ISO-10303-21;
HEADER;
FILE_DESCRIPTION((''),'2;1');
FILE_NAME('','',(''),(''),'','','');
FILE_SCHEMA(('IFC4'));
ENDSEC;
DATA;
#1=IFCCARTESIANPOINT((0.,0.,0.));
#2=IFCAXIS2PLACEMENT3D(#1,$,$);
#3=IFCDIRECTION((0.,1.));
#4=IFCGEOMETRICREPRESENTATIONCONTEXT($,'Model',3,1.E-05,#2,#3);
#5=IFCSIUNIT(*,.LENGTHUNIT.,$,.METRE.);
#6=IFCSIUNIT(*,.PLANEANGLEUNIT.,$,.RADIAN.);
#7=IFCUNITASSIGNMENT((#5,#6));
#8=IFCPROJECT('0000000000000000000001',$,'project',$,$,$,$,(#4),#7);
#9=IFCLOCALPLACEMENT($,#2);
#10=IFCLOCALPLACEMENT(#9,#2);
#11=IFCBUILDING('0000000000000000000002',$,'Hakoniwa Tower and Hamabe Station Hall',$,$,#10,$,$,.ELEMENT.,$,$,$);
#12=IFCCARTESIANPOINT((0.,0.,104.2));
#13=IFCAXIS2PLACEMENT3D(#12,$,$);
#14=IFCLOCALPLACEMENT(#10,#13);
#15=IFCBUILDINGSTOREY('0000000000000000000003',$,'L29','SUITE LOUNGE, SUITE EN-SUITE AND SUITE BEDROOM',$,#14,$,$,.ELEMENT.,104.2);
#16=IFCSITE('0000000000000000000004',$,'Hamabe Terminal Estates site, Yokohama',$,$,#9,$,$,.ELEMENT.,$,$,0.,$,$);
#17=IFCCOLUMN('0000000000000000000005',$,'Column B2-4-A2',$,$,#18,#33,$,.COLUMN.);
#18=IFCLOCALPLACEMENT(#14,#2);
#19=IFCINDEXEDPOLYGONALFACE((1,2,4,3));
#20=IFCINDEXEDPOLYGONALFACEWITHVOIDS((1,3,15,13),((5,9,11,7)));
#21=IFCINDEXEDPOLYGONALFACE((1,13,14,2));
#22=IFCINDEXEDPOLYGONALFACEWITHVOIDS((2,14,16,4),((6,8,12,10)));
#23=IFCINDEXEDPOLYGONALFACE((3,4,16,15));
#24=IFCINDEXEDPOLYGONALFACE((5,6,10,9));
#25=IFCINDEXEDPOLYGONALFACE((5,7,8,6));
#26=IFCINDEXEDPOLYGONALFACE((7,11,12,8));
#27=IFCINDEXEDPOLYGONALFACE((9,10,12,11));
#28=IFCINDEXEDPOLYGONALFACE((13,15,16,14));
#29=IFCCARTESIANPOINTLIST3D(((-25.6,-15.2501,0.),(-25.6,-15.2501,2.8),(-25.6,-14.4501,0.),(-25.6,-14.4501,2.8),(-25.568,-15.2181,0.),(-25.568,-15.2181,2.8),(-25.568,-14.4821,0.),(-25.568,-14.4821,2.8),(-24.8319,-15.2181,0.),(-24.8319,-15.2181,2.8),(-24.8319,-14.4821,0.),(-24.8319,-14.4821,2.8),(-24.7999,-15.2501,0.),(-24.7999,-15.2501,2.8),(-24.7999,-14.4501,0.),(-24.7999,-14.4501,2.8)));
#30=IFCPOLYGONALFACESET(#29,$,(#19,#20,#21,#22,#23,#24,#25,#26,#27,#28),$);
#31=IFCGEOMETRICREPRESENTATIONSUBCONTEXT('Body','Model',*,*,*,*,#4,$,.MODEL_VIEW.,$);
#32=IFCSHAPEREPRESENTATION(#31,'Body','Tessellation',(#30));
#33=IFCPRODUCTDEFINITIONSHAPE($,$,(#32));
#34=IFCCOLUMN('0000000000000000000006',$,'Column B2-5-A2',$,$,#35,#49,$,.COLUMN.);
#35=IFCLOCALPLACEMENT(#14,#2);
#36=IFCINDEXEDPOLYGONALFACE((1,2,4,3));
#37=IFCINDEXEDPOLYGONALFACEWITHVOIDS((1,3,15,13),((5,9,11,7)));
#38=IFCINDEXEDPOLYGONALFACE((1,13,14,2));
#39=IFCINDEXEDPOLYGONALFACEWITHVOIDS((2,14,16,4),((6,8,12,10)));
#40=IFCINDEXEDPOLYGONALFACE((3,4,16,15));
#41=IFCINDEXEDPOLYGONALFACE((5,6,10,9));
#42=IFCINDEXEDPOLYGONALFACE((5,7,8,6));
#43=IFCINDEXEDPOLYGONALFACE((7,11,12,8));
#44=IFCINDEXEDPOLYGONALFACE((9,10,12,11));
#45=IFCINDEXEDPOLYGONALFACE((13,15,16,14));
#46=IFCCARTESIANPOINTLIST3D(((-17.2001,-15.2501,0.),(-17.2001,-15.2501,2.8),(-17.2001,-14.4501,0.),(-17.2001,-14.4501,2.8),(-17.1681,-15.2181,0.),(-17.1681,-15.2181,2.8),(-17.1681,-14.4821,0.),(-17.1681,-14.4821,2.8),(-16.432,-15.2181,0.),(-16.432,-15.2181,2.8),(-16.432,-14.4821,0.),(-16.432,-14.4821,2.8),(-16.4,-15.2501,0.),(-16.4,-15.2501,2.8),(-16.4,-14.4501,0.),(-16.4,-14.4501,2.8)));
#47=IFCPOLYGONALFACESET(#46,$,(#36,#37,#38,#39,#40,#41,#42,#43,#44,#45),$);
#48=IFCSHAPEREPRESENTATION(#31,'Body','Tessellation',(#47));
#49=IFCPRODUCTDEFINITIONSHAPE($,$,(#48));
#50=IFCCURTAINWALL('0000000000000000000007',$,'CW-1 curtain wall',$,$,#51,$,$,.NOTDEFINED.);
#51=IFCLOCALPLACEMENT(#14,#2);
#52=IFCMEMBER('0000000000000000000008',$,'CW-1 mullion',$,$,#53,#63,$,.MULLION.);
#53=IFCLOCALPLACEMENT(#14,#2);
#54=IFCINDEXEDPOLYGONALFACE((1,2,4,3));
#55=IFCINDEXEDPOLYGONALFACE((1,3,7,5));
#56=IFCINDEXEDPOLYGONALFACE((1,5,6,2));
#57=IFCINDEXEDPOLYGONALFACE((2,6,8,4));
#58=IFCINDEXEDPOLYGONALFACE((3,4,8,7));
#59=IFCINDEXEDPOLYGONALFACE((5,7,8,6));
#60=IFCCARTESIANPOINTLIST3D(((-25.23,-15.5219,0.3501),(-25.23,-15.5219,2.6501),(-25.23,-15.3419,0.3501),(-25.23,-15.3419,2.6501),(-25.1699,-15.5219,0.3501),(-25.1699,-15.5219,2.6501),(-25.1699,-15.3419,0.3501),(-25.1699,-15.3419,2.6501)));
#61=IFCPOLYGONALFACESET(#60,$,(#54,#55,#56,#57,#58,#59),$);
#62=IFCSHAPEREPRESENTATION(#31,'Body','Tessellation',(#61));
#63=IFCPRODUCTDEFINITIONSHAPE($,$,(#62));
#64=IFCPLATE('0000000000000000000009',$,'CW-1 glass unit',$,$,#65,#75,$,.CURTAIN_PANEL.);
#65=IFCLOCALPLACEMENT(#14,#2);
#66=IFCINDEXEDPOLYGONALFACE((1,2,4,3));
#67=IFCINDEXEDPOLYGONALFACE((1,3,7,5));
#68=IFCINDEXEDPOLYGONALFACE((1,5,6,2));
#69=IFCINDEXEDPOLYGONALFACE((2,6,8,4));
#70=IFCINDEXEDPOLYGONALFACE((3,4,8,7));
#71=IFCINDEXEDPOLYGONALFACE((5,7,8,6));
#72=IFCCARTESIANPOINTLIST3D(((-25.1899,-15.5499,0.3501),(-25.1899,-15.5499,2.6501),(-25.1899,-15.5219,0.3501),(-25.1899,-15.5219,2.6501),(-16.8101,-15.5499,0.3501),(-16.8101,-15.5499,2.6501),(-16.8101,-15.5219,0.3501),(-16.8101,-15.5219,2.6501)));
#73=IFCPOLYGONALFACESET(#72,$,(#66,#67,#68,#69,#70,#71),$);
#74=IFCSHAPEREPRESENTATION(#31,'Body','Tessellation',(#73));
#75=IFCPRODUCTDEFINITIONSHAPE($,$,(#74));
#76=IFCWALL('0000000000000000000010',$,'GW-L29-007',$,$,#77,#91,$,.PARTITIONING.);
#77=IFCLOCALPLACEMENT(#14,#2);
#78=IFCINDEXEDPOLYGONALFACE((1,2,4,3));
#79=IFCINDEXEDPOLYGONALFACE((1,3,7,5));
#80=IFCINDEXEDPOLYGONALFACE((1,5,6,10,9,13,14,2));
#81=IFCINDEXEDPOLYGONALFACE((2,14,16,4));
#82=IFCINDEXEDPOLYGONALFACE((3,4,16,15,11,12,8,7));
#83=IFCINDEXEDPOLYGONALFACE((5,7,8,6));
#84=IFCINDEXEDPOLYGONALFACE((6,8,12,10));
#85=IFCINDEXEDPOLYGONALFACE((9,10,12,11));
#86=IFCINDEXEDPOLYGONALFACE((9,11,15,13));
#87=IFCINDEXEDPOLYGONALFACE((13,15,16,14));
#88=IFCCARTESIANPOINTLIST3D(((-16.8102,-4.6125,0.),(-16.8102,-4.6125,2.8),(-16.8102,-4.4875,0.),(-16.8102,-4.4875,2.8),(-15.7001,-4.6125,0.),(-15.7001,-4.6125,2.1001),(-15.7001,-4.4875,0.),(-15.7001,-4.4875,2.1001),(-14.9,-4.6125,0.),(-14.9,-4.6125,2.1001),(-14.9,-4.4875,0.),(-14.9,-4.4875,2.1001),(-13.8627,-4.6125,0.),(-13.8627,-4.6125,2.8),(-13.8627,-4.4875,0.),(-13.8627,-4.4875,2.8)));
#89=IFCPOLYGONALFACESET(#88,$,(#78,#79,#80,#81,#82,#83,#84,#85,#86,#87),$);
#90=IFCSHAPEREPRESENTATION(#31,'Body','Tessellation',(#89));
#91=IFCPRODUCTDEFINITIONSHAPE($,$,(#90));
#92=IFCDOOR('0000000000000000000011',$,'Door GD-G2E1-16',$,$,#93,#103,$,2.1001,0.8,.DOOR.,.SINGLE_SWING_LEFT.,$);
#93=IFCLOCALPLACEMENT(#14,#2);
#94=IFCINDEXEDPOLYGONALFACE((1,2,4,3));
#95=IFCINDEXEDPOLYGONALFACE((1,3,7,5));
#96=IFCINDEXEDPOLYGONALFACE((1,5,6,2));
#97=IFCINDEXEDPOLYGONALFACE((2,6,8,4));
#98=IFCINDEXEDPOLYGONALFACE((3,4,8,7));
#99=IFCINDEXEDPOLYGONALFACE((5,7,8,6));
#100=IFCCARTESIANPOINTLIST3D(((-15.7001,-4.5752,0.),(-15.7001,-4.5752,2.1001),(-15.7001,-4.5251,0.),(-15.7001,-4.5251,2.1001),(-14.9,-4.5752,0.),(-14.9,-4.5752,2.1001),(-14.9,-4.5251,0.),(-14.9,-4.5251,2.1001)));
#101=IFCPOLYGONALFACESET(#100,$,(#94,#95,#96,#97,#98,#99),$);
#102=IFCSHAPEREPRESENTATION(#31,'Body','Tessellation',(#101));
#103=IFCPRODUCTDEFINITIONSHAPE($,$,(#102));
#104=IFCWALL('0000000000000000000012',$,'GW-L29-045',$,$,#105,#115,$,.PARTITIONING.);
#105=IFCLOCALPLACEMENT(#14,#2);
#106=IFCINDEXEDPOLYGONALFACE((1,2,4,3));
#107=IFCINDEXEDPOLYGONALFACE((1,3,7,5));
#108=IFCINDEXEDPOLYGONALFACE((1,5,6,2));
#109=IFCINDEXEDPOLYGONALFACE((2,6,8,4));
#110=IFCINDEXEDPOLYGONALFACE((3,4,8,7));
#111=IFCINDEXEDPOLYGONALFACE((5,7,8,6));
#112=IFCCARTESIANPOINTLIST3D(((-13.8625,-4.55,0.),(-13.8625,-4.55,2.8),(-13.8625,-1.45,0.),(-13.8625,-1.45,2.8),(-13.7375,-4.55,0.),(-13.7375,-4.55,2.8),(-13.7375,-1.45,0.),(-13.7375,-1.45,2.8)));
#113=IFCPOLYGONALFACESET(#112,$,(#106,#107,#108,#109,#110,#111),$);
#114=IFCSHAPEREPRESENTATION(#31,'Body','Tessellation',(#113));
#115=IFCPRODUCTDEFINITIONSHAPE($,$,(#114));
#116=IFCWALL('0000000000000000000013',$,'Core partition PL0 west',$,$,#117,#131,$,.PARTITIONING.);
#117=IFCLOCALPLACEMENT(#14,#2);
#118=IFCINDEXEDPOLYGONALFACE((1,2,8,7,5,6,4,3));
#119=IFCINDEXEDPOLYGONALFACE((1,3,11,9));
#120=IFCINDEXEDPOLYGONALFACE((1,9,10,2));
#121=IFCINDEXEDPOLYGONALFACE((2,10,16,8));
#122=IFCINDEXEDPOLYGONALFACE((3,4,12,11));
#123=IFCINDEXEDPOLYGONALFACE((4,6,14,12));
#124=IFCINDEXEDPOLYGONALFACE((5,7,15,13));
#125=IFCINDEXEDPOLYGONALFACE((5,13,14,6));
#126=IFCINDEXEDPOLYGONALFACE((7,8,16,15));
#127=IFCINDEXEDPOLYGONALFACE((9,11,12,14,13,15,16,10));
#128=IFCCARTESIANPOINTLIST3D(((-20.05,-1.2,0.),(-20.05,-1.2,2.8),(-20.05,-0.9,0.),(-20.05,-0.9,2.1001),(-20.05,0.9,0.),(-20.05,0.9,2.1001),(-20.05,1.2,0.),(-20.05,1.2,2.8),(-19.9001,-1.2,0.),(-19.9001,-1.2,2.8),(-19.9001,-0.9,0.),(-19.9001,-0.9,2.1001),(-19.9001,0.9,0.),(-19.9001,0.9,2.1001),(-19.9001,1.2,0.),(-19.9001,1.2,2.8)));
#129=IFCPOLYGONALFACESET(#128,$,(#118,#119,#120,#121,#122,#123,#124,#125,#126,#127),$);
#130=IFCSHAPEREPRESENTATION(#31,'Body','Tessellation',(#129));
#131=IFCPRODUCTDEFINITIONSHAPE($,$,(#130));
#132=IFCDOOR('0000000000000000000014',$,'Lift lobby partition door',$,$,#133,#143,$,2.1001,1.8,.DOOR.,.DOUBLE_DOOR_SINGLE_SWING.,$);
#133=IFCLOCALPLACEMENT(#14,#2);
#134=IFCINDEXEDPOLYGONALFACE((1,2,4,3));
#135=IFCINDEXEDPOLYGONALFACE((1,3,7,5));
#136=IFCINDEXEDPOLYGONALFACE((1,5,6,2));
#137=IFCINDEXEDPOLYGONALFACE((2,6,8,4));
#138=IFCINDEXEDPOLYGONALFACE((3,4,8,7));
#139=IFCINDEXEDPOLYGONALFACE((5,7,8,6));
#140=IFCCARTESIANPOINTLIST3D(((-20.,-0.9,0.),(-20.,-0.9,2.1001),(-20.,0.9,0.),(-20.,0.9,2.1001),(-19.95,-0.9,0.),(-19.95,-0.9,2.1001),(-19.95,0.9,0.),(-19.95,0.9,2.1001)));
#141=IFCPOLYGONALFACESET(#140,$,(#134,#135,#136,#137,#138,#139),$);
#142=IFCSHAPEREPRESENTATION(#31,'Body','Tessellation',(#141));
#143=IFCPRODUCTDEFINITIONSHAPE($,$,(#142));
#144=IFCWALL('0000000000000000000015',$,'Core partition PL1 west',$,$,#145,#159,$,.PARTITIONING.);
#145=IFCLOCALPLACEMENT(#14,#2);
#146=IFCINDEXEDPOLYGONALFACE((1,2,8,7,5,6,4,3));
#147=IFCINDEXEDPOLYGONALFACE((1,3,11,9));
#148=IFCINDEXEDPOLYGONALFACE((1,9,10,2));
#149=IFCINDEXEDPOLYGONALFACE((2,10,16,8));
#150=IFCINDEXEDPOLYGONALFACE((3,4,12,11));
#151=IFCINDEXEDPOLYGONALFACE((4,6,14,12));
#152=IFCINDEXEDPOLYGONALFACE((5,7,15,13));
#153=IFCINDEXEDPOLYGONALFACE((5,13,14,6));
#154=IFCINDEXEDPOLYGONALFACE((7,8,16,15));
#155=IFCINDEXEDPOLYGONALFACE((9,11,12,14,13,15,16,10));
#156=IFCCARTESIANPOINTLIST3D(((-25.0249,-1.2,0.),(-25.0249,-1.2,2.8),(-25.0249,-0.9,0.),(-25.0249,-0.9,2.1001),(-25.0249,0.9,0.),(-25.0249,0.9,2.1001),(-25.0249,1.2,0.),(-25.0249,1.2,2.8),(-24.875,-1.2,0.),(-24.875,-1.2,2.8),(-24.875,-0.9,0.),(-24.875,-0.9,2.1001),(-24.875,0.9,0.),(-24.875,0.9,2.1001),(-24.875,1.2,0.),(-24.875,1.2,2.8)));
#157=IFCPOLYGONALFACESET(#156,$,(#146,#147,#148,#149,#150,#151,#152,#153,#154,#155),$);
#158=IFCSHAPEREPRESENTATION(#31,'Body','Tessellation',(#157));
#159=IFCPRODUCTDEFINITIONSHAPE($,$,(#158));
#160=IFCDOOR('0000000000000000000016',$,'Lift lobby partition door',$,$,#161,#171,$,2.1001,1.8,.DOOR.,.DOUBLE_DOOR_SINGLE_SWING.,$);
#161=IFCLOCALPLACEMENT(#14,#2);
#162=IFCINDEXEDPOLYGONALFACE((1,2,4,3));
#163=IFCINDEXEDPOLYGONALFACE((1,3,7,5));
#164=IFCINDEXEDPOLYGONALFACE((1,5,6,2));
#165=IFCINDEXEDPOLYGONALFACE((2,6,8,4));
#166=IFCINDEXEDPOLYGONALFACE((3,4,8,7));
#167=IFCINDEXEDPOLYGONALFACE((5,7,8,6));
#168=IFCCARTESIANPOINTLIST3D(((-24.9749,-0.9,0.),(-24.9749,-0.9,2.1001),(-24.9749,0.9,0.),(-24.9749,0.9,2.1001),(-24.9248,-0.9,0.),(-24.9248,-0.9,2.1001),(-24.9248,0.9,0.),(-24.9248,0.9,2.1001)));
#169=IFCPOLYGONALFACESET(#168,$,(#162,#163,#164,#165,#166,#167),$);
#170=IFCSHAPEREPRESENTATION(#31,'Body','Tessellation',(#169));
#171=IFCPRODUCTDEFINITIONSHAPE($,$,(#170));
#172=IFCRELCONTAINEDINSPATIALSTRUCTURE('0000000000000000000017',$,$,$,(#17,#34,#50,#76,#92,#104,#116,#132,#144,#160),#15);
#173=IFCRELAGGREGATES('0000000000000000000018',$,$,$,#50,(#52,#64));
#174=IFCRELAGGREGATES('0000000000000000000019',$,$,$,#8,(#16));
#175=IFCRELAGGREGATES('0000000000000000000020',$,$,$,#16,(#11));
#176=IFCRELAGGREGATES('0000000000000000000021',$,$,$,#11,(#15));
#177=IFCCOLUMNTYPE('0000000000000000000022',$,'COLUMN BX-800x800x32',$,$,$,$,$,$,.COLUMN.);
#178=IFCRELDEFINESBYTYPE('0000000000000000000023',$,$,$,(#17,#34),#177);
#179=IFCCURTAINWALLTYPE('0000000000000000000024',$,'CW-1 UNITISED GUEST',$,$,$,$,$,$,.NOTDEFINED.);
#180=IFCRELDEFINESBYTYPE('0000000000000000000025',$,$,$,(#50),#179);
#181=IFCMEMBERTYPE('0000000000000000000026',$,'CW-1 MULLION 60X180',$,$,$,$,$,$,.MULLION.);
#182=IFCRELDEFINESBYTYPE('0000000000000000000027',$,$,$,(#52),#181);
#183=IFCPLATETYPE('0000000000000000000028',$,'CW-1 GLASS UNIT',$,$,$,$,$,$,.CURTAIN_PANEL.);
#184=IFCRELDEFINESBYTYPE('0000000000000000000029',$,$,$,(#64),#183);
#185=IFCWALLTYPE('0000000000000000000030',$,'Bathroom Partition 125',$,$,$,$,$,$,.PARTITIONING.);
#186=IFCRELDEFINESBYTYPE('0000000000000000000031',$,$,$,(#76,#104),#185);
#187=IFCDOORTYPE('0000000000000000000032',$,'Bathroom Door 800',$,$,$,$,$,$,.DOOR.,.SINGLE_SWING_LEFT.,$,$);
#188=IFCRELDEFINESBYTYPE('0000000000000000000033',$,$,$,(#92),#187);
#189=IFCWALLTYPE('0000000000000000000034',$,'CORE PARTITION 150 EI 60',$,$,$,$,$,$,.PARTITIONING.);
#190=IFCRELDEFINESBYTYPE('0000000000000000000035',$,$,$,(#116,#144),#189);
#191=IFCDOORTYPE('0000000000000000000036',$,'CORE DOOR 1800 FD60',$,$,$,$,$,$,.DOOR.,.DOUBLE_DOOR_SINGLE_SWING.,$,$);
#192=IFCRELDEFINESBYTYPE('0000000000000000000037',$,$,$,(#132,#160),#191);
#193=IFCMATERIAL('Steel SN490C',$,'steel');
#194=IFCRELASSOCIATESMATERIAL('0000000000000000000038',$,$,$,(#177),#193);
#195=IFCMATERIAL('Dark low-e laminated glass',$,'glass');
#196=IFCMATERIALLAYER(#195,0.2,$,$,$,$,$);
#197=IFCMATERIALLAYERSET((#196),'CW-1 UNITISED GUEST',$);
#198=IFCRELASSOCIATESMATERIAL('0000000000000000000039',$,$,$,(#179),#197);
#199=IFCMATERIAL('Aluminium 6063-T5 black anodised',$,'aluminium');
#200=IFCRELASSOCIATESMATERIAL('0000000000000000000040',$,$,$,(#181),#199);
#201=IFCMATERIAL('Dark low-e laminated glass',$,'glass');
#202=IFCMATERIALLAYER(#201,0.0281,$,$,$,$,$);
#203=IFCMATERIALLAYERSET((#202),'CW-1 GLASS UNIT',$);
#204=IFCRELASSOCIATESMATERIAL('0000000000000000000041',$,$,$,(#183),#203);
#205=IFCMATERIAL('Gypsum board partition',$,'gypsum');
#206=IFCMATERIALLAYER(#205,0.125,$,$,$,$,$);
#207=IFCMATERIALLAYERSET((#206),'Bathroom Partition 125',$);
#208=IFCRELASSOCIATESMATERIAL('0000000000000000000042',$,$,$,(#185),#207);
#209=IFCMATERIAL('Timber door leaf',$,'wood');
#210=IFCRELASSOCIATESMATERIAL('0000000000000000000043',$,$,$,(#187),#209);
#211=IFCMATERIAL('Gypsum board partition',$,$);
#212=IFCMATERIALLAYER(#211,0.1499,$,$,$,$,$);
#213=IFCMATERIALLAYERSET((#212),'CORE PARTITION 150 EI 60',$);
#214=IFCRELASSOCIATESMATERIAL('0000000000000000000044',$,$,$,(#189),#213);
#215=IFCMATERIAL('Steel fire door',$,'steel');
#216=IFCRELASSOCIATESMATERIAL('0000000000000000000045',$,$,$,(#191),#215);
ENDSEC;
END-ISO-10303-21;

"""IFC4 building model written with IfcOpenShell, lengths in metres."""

from ifc_helpers import new_model, si_unit, direction, frame, frame_2d, origin, origin_2d, place, context, subcontext, project, spatial, rectangle, hollow_rectangle, extrude, material, layer, layer_set, material_profile, profile_set, type_object, element, fill, aggregate, save


model = new_model("IFC4")

# Units and contexts
model_context = context("Model", 3, precision=1e-05, world=origin(), true_north=direction((0.0, 1.0)))
body_context = subcontext(model_context, "Body", "Model", "MODEL_VIEW")
ifc_project = project(units=[si_unit("LENGTHUNIT", "METRE"), si_unit("PLANEANGLEUNIT", "RADIAN")], contexts=[model_context])

# Site, building, storey
site_placement = place(None, origin())
site = spatial("IfcSite", under=ifc_project, at=site_placement, Name="Hamabe Terminal Estates site, Yokohama", CompositionType="ELEMENT", RefElevation=0.0)
building_placement = place(site_placement, origin())
building = spatial("IfcBuilding", under=site, at=building_placement, Name="Hakoniwa Tower and Hamabe Station Hall", CompositionType="ELEMENT")
storey_placement = place(building_placement, frame((0.0, 0.0, 104.2)))
storey = spatial("IfcBuildingStorey", under=building, at=storey_placement, Name="L29", Description="SUITE LOUNGE, SUITE EN-SUITE AND SUITE BEDROOM", CompositionType="ELEMENT", Elevation=104.2)

# Columns
ifc_material_1 = material(Name="Steel SN490C", Category="steel")
ifc_material_profile_1 = material_profile(ifc_material_1, hollow_rectangle(XDim=0.8, YDim=0.8, WallThickness=0.032, at=origin_2d()), Name="BX-800x800x32")
ifc_profile_set_1 = profile_set([ifc_material_profile_1], Name="Steel SN490C")
column_type = type_object("IfcColumnType", Name="COLUMN BX-800x800x32", PredefinedType="COLUMN", material=ifc_profile_set_1)
for number, where, z_axis, x_axis, name in (
    (1, (-25.2, -14.8501, 0.0), (0.0, 0.0, 1.0), (1.0, 0.0, 0.0), "Column B2-4-A2"),
    (2, (-16.8, -14.8501, 0.0), (0.0, 0.0, 1.0), (1.0, 0.0, 0.0), "Column B2-5-A2"),
):
    element("IfcColumn", number, at=place(storey_placement, frame(where, z_axis=z_axis, x_axis=x_axis)), inside=storey, type_object=column_type, Name=name, PredefinedType="COLUMN", context=body_context, shape_type="SweptSolid", body=[
        extrude(hollow_rectangle(XDim=0.8, YDim=0.8, WallThickness=0.032, at=origin_2d()), origin(), (0.0, 0.0, 1.0), 2.8),
    ])

# Curtain wall, member, plate
ifc_material_2 = material(Name="Dark low-e laminated glass", Category="glass")
ifc_layer_1 = layer(ifc_material_2, 0.2)
ifc_layer_set_1 = layer_set([ifc_layer_1], Name="CW-1 UNITISED GUEST")
curtain_wall_type = type_object("IfcCurtainWallType", Name="CW-1 UNITISED GUEST", PredefinedType="NOTDEFINED", material=ifc_layer_set_1)
curtain_wall_placement = place(storey_placement, origin())
curtain_wall = element("IfcCurtainWall", 3, at=curtain_wall_placement, inside=storey, type_object=curtain_wall_type, Name="CW-1 curtain wall", PredefinedType="NOTDEFINED")
ifc_material_3 = material(Name="Aluminium 6063-T5 black anodised", Category="aluminium")
ifc_material_profile_2 = material_profile(ifc_material_3, rectangle(XDim=0.0601, YDim=0.1799, at=origin_2d()), Name="CW-1 MULLION 60X180")
ifc_profile_set_2 = profile_set([ifc_material_profile_2], Name="Aluminium 6063-T5 black anodised")
member_type = type_object("IfcMemberType", Name="CW-1 MULLION 60X180", PredefinedType="MULLION", material=ifc_profile_set_2)
member_placement = place(storey_placement, frame((-25.2, -15.4319, 0.3501), z_axis=(0.0, 0.0, 1.0), x_axis=(1.0, 0.0, 0.0)))
member = element("IfcMember", 4, at=member_placement, type_object=member_type, Name="CW-1 mullion", PredefinedType="MULLION", context=body_context, shape_type="SweptSolid", body=[
    extrude(rectangle(XDim=0.0601, YDim=0.1799, at=origin_2d()), origin(), (0.0, 0.0, 1.0), 2.3),
])
ifc_material_4 = material(Name="Dark low-e laminated glass", Category="glass")
ifc_layer_2 = layer(ifc_material_4, 0.0281)
ifc_layer_set_2 = layer_set([ifc_layer_2], Name="CW-1 GLASS UNIT")
plate_type = type_object("IfcPlateType", Name="CW-1 GLASS UNIT", PredefinedType="CURTAIN_PANEL", material=ifc_layer_set_2)
plate_placement = place(storey_placement, frame((-21.0, -15.5359, 0.3501), z_axis=(0.0, 0.0, 1.0), x_axis=(1.0, 0.0, 0.0)))
plate = element("IfcPlate", 5, at=plate_placement, type_object=plate_type, Name="CW-1 glass unit", PredefinedType="CURTAIN_PANEL", context=body_context, shape_type="SweptSolid", body=[
    extrude(rectangle(XDim=8.3799, YDim=0.0281, at=origin_2d()), origin(), (0.0, 0.0, 1.0), 2.3),
])
aggregate(curtain_wall, [member, plate])

# Wall, opening, door
ifc_material_5 = material(Name="Gypsum board partition", Category="gypsum")
ifc_layer_3 = layer(ifc_material_5, 0.125)
ifc_layer_set_3 = layer_set([ifc_layer_3], Name="Bathroom Partition 125")
wall_type_1 = type_object("IfcWallType", Name="Bathroom Partition 125", PredefinedType="PARTITIONING", material=ifc_layer_set_3)
wall_1_placement = place(storey_placement, frame((-16.8101, -4.55, 0.0), z_axis=(0.0, 0.0, 1.0), x_axis=(1.0, 0.0, 0.0)))
wall_1 = element("IfcWall", 6, at=wall_1_placement, inside=storey, type_object=wall_type_1, Name="GW-L29-007", PredefinedType="PARTITIONING", context=body_context, shape_type="SweptSolid", body=[
    extrude(rectangle(XDim=2.9475, YDim=0.125, at=frame_2d((1.4736, 0.0))), origin(), (0.0, 0.0, 1.0), 2.8),
])
opening_1_placement = place(wall_1_placement, frame((1.1101, 0.0, 0.0)))
opening_1 = element("IfcOpeningElement", 7, at=opening_1_placement, cuts=wall_1, PredefinedType="OPENING", context=body_context, shape_type="SweptSolid", body=[
    extrude(rectangle(XDim=0.8, YDim=2.1001, at=frame_2d((0.3999, 1.05))), frame((0.0, 0.0725, 0.0), z_axis=(0.0, -1.0, 0.0), x_axis=(1.0, 0.0, 0.0)), (0.0, 0.0, 1.0), 0.145),
])
ifc_material_6 = material(Name="Timber door leaf", Category="wood")
door_type_1 = type_object("IfcDoorType", Name="Bathroom Door 800", OperationType="SINGLE_SWING_LEFT", PredefinedType="DOOR", material=ifc_material_6)
door_1_placement = place(opening_1_placement, origin())
door_1 = element("IfcDoor", 8, at=door_1_placement, inside=storey, type_object=door_type_1, Name="Door GD-G2E1-16", OperationType="SINGLE_SWING_LEFT", OverallHeight=2.1001, OverallWidth=0.8, PredefinedType="DOOR", context=body_context, shape_type="SweptSolid", body=[
    extrude(rectangle(XDim=0.8, YDim=2.1001, at=frame_2d((0.3999, 1.05))), frame((0.0, 0.0249, 0.0), z_axis=(0.0, -1.0, 0.0), x_axis=(1.0, 0.0, 0.0)), (0.0, 0.0, 1.0), 0.05),
])
fill(opening_1, door_1)

# Wall
wall_2_placement = place(storey_placement, frame((-13.8, -4.55, 0.0), z_axis=(0.0, 0.0, 1.0), x_axis=(0.0, 1.0, 0.0)))
element("IfcWall", 9, at=wall_2_placement, inside=storey, type_object=wall_type_1, Name="GW-L29-045", PredefinedType="PARTITIONING", context=body_context, shape_type="SweptSolid", body=[
    extrude(rectangle(XDim=3.1001, YDim=0.125, at=frame_2d((1.55, 0.0))), origin(), (0.0, 0.0, 1.0), 2.8),
])

# Walls, openings, doors
ifc_material_7 = material(Name="Gypsum board partition")
ifc_layer_4 = layer(ifc_material_7, 0.1499)
ifc_layer_set_4 = layer_set([ifc_layer_4], Name="CORE PARTITION 150 EI 60")
wall_type_2 = type_object("IfcWallType", Name="CORE PARTITION 150 EI 60", PredefinedType="PARTITIONING", material=ifc_layer_set_4)
wall_3_placement = place(storey_placement, frame((-19.9751, -1.2, 0.0), z_axis=(0.0, 0.0, 1.0), x_axis=(0.0, 1.0, 0.0)))
wall_3 = element("IfcWall", 10, at=wall_3_placement, inside=storey, type_object=wall_type_2, Name="Core partition PL0 west", PredefinedType="PARTITIONING", context=body_context, shape_type="SweptSolid", body=[
    extrude(rectangle(XDim=2.3999, YDim=0.1499, at=frame_2d((1.2, 0.0))), origin(), (0.0, 0.0, 1.0), 2.8),
])
opening_2_placement = place(wall_3_placement, frame((0.3, 0.0, 0.0)))
opening_2 = element("IfcOpeningElement", 11, at=opening_2_placement, cuts=wall_3, PredefinedType="OPENING", context=body_context, shape_type="SweptSolid", body=[
    extrude(rectangle(XDim=1.8, YDim=2.1001, at=frame_2d((0.8999, 1.05))), frame((0.0, 0.085, 0.0), z_axis=(0.0, -1.0, 0.0), x_axis=(1.0, 0.0, 0.0)), (0.0, 0.0, 1.0), 0.1699),
])
ifc_material_8 = material(Name="Steel fire door", Category="steel")
door_type_2 = type_object("IfcDoorType", Name="CORE DOOR 1800 FD60", OperationType="DOUBLE_DOOR_SINGLE_SWING", PredefinedType="DOOR", material=ifc_material_8)
door_2_placement = place(opening_2_placement, origin())
door_2 = element("IfcDoor", 12, at=door_2_placement, inside=storey, type_object=door_type_2, Name="Lift lobby partition door", OperationType="DOUBLE_DOOR_SINGLE_SWING", OverallHeight=2.1001, OverallWidth=1.8, PredefinedType="DOOR", context=body_context, shape_type="SweptSolid", body=[
    extrude(rectangle(XDim=1.8, YDim=2.1001, at=frame_2d((0.8999, 1.05))), frame((0.0, 0.0249, 0.0), z_axis=(0.0, -1.0, 0.0), x_axis=(1.0, 0.0, 0.0)), (0.0, 0.0, 1.0), 0.05),
])
fill(opening_2, door_2)
wall_4_placement = place(storey_placement, frame((-24.95, -1.2, 0.0), z_axis=(0.0, 0.0, 1.0), x_axis=(0.0, 1.0, 0.0)))
wall_4 = element("IfcWall", 13, at=wall_4_placement, inside=storey, type_object=wall_type_2, Name="Core partition PL1 west", PredefinedType="PARTITIONING", context=body_context, shape_type="SweptSolid", body=[
    extrude(rectangle(XDim=2.3999, YDim=0.1499, at=frame_2d((1.2, 0.0))), origin(), (0.0, 0.0, 1.0), 2.8),
])
opening_3_placement = place(wall_4_placement, frame((0.3, 0.0, 0.0)))
opening_3 = element("IfcOpeningElement", 14, at=opening_3_placement, cuts=wall_4, PredefinedType="OPENING", context=body_context, shape_type="SweptSolid", body=[
    extrude(rectangle(XDim=1.8, YDim=2.1001, at=frame_2d((0.8999, 1.05))), frame((0.0, 0.085, 0.0), z_axis=(0.0, -1.0, 0.0), x_axis=(1.0, 0.0, 0.0)), (0.0, 0.0, 1.0), 0.1699),
])
door_3_placement = place(opening_3_placement, origin())
door_3 = element("IfcDoor", 15, at=door_3_placement, inside=storey, type_object=door_type_2, Name="Lift lobby partition door", OperationType="DOUBLE_DOOR_SINGLE_SWING", OverallHeight=2.1001, OverallWidth=1.8, PredefinedType="DOOR", context=body_context, shape_type="SweptSolid", body=[
    extrude(rectangle(XDim=1.8, YDim=2.1001, at=frame_2d((0.8999, 1.05))), frame((0.0, 0.0249, 0.0), z_axis=(0.0, -1.0, 0.0), x_axis=(1.0, 0.0, 0.0)), (0.0, 0.0, 1.0), 0.05),
])
fill(opening_3, door_3)

save(model, "model.ifc")
